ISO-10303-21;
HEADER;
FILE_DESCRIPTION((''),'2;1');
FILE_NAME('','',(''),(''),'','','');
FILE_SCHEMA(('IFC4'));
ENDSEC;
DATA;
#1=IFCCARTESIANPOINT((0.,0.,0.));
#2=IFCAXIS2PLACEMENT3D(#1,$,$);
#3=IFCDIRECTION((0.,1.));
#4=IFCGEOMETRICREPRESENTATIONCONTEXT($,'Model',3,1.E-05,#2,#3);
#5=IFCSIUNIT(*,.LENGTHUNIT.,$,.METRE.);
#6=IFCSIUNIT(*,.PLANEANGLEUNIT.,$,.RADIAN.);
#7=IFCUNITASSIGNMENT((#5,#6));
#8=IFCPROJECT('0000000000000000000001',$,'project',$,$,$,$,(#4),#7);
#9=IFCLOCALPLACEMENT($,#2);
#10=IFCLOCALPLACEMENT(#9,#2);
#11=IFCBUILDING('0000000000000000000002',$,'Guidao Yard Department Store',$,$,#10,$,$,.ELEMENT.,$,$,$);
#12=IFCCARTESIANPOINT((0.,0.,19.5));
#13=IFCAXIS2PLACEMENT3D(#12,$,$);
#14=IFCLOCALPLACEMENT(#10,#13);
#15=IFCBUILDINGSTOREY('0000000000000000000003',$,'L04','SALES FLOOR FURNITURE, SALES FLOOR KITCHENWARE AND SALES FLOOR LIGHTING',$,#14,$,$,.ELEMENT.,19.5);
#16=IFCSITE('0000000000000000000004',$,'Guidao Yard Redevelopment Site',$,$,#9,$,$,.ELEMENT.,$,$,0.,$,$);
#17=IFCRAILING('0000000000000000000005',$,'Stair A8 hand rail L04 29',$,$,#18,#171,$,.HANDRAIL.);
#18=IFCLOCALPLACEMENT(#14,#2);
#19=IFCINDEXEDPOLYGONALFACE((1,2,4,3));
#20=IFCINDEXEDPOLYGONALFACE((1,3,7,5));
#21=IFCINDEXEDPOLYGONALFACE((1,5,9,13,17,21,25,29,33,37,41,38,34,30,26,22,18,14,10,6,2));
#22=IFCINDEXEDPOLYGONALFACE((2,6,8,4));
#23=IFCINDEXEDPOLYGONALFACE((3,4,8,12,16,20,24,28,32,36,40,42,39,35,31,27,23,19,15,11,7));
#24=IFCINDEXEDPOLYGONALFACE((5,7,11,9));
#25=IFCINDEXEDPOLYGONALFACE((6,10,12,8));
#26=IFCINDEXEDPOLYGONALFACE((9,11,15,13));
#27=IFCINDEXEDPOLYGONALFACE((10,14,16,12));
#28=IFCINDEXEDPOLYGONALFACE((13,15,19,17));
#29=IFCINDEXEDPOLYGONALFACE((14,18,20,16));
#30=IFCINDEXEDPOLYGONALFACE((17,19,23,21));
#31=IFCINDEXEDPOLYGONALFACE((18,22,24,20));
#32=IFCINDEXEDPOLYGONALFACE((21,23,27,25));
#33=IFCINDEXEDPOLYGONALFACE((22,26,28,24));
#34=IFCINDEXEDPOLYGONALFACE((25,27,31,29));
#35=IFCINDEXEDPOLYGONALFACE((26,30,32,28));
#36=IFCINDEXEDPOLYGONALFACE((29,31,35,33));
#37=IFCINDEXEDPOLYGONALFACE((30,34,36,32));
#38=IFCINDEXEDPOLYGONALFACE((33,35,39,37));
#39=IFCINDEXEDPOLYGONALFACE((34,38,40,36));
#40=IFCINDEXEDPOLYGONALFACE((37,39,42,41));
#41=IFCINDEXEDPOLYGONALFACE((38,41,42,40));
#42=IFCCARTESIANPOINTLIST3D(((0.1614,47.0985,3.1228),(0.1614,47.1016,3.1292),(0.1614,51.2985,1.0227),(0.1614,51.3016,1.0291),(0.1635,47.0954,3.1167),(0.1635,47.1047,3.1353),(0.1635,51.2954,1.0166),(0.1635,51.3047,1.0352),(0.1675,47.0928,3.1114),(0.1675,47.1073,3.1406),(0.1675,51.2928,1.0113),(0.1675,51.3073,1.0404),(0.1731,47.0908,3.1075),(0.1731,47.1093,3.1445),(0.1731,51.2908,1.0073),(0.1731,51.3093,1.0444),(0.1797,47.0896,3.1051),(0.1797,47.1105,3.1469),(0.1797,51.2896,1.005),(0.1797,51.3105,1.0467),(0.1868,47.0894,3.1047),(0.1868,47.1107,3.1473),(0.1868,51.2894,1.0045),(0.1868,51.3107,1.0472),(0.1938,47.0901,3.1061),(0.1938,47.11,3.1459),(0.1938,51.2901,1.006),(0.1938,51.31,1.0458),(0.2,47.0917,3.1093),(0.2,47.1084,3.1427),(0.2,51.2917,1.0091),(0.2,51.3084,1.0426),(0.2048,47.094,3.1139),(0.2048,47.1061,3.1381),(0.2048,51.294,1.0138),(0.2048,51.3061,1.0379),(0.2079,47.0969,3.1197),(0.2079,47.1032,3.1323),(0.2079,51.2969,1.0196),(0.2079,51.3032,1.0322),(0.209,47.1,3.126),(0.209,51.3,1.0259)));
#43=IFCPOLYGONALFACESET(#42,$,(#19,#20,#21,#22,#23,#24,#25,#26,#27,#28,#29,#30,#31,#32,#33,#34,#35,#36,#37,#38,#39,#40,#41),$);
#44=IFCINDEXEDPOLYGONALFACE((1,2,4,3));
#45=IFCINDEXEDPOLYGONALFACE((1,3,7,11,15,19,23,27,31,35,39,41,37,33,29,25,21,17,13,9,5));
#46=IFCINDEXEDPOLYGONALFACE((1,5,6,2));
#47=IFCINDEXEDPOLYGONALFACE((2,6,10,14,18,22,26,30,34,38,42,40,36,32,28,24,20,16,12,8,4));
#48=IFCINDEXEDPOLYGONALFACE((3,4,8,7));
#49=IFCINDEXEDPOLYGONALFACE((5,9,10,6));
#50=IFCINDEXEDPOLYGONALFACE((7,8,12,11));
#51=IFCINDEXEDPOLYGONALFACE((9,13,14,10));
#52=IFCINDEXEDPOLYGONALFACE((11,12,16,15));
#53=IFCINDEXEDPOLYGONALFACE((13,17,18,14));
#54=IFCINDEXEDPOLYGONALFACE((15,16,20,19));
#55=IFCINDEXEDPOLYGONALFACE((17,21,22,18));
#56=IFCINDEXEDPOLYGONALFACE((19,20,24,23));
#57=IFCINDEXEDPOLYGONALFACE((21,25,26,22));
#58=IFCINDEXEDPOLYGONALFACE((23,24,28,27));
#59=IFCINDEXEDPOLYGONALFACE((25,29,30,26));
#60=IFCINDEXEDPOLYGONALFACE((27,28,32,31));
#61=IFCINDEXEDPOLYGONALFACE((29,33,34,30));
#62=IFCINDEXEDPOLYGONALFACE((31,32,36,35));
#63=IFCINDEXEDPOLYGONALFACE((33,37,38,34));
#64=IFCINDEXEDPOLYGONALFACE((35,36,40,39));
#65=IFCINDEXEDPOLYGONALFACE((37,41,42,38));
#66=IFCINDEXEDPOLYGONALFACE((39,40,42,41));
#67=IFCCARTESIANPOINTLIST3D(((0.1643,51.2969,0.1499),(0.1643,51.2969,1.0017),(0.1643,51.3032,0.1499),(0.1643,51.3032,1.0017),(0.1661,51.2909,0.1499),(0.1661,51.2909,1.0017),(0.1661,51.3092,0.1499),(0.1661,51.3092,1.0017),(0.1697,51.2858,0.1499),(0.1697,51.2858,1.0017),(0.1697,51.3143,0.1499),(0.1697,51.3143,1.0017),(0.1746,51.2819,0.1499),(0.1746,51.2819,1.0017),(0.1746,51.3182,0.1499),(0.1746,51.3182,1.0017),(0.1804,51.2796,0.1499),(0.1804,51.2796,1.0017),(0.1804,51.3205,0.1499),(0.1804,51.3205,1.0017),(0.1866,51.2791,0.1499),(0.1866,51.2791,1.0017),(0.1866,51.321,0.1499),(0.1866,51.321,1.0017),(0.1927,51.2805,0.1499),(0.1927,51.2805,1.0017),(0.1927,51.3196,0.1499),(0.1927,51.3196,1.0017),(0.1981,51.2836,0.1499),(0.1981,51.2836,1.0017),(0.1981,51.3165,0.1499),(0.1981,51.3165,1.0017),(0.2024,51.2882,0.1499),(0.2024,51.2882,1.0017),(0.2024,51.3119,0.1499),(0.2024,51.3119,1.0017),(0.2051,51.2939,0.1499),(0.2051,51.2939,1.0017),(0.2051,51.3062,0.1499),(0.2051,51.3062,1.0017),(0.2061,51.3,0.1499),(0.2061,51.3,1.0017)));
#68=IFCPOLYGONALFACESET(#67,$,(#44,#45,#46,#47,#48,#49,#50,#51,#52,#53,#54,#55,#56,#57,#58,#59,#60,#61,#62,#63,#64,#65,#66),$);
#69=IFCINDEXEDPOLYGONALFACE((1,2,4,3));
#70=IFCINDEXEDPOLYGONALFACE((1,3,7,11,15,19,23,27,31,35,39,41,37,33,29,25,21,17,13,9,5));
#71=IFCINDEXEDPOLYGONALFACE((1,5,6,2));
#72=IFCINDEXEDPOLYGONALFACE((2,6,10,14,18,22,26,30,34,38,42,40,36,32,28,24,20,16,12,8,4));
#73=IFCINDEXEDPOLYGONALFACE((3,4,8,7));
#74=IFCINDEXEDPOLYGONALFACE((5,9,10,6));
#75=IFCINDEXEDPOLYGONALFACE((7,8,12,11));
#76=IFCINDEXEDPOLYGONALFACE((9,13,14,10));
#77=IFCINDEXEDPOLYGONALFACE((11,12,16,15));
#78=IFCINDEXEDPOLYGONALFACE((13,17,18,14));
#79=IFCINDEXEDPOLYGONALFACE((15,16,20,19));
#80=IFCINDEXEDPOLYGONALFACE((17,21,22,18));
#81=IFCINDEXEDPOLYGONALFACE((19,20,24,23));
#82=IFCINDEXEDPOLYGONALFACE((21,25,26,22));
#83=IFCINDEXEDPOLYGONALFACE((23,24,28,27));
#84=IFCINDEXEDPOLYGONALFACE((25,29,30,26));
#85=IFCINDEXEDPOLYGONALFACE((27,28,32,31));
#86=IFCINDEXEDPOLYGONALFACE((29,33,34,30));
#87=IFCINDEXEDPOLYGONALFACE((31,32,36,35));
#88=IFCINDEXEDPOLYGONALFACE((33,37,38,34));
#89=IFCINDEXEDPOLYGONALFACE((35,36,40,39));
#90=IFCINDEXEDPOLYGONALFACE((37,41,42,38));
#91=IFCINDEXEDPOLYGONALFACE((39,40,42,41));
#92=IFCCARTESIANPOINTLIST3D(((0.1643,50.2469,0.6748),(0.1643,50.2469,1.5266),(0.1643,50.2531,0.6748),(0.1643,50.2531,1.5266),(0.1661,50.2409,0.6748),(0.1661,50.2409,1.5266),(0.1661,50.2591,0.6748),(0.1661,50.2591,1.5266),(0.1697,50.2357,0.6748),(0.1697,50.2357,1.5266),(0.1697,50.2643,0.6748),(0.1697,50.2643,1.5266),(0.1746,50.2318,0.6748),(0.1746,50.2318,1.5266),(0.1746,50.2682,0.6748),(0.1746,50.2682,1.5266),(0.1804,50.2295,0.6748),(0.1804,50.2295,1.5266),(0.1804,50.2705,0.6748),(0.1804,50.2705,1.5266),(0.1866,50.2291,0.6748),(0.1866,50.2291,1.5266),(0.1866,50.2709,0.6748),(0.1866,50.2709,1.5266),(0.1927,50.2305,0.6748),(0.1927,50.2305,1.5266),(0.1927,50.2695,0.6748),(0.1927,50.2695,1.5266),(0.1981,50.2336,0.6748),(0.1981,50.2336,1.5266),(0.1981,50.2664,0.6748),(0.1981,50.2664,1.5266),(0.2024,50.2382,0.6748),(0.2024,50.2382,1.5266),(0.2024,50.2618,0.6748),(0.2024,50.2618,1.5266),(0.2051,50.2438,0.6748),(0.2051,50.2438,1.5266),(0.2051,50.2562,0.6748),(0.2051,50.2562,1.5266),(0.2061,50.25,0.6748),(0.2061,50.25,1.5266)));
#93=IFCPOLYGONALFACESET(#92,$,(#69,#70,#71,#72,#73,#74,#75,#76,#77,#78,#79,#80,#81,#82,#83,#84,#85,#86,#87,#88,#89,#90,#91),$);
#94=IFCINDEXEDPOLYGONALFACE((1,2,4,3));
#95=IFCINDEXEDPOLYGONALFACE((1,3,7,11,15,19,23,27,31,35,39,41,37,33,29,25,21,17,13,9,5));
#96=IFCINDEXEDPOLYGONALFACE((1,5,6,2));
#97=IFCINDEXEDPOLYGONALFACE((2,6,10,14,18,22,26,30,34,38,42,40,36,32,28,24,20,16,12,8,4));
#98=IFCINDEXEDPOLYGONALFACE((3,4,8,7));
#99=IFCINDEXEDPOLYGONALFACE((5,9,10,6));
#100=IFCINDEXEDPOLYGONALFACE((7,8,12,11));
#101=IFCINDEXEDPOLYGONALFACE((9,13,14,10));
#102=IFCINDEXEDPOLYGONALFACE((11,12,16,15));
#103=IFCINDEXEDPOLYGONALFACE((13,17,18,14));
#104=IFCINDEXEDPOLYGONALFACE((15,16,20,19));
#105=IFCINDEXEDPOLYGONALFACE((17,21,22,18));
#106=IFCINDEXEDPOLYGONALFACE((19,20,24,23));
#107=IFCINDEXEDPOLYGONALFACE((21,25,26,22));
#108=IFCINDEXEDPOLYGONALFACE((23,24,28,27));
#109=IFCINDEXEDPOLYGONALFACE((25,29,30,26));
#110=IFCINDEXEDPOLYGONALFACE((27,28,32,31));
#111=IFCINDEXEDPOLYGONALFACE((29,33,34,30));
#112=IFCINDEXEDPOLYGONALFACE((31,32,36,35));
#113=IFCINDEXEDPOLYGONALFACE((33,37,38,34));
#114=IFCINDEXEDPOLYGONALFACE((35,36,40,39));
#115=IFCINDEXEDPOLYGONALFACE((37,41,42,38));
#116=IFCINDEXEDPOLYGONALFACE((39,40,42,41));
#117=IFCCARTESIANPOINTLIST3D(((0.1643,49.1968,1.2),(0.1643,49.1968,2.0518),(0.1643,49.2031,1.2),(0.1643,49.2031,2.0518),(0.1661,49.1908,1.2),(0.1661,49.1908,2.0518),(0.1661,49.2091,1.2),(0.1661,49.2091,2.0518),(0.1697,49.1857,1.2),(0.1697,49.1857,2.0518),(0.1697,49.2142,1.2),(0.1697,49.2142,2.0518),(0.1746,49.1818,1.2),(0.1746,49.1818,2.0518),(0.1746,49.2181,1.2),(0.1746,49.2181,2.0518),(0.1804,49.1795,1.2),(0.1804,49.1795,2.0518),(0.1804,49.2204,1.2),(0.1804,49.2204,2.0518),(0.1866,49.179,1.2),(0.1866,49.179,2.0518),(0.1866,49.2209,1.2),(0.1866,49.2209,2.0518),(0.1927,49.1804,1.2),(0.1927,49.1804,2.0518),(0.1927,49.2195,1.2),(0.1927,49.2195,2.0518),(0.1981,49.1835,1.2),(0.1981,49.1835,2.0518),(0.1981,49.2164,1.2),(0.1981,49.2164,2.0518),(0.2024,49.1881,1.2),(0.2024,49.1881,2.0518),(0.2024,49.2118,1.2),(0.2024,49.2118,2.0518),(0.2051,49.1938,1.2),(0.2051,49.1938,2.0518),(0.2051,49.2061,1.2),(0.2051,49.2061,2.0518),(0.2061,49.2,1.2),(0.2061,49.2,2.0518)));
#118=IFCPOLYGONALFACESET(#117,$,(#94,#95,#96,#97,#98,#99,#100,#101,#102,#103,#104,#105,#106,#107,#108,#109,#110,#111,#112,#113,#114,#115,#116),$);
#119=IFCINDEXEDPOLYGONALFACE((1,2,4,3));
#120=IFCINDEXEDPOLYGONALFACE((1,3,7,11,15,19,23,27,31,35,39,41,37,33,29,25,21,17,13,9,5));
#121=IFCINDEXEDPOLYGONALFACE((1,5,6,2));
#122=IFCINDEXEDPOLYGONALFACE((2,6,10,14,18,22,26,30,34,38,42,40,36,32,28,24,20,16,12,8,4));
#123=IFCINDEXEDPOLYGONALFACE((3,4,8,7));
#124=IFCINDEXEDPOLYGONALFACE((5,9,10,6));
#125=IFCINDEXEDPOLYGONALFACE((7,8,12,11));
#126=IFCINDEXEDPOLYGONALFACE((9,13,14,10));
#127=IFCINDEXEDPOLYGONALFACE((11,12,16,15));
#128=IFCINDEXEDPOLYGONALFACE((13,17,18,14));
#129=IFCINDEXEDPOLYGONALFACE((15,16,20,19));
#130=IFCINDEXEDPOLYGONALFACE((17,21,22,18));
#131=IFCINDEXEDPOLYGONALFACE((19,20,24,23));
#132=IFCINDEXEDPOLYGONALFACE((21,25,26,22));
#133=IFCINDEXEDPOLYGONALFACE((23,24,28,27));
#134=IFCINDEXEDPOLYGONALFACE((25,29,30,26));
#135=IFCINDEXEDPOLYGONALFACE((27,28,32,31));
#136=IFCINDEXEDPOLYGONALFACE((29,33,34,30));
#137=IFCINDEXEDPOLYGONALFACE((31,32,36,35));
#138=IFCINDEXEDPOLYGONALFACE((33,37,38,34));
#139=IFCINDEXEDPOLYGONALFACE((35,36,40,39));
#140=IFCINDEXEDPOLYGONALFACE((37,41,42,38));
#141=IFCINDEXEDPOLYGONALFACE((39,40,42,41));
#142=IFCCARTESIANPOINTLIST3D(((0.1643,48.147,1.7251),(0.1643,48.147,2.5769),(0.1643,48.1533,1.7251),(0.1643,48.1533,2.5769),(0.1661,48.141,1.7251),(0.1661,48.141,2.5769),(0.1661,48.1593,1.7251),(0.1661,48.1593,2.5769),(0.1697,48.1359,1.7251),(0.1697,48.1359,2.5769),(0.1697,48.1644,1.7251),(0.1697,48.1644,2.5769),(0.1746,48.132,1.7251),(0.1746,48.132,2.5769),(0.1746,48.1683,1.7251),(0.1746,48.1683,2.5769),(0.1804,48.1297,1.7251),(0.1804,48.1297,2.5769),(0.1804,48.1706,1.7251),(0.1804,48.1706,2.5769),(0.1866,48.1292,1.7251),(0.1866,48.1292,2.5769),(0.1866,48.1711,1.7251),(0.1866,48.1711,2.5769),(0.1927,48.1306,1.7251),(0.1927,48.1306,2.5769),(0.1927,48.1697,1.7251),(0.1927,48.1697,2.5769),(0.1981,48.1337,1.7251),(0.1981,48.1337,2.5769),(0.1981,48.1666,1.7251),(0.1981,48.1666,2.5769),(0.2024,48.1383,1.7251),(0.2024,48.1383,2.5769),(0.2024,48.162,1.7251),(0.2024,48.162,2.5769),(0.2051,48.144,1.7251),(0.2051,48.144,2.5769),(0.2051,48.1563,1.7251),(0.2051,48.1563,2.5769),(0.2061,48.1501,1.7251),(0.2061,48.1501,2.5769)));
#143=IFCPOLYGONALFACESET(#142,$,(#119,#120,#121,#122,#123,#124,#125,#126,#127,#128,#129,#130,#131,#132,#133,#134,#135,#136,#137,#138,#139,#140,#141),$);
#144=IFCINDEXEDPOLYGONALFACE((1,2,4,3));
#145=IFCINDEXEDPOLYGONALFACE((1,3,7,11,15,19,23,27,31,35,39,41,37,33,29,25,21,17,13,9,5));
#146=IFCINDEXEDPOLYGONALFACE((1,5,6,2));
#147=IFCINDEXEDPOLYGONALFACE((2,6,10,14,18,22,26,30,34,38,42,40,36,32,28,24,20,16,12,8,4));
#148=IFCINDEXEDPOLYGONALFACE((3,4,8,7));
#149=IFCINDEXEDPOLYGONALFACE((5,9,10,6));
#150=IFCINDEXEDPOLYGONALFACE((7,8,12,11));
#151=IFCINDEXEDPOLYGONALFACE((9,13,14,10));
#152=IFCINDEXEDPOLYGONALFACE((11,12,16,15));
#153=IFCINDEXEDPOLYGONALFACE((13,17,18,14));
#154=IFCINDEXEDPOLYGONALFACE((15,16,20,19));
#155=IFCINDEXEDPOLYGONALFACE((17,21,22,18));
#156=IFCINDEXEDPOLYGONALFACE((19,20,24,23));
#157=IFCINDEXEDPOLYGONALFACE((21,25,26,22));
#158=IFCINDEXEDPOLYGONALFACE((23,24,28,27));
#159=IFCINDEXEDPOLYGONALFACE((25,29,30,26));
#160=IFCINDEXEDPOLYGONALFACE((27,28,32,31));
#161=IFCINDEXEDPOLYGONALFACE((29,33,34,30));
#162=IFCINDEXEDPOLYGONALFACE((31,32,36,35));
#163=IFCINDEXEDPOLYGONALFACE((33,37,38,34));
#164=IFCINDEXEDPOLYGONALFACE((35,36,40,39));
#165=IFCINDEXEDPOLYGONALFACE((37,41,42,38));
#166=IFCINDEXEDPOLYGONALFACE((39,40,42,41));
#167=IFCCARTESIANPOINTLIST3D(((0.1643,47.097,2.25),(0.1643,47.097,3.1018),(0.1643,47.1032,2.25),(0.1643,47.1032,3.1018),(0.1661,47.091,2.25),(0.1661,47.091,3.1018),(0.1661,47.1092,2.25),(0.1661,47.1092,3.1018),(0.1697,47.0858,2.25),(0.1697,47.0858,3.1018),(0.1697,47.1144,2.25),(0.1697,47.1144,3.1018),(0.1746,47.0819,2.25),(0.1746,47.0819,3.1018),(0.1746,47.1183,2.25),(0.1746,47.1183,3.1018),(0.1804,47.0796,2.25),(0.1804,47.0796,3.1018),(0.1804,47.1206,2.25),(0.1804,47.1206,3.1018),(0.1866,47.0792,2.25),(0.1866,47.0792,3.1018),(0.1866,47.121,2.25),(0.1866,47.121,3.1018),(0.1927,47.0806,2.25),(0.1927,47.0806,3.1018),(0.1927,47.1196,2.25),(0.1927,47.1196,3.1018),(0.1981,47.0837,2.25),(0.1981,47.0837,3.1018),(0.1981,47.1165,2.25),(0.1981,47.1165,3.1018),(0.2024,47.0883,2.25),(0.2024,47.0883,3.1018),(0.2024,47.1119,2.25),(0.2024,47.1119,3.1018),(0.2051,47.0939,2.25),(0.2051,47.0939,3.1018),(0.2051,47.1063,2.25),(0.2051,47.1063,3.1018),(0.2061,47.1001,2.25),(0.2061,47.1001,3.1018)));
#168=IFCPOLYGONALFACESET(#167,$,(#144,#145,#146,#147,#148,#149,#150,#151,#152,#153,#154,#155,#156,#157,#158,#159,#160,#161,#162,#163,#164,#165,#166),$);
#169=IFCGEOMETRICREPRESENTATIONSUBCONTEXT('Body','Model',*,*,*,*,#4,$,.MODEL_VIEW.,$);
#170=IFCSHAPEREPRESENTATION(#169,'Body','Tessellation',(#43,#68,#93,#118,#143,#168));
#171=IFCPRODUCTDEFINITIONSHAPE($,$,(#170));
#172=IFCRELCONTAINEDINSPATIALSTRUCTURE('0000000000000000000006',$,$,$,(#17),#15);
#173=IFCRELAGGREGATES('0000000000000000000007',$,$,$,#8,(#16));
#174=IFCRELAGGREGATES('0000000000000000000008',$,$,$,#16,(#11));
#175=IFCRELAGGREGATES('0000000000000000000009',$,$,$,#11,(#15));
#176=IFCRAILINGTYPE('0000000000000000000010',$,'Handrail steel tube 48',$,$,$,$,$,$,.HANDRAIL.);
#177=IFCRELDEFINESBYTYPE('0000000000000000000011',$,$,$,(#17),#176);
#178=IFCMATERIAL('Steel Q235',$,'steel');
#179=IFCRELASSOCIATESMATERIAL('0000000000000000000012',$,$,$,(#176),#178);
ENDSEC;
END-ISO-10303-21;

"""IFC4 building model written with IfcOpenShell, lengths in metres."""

from ifc_helpers import new_model, si_unit, direction, frame, origin, origin_2d, place, context, subcontext, project, spatial, circle, extrude, material, type_object, element, save


model = new_model("IFC4")

# Units and contexts
model_context = context("Model", 3, precision=1e-05, world=origin(), true_north=direction((0.0, 1.0)))
body_context = subcontext(model_context, "Body", "Model", "MODEL_VIEW")
ifc_project = project(units=[si_unit("LENGTHUNIT", "METRE"), si_unit("PLANEANGLEUNIT", "RADIAN")], contexts=[model_context])

# Site, building, storey
site_placement = place(None, origin())
site = spatial("IfcSite", under=ifc_project, at=site_placement, Name="Guidao Yard Redevelopment Site", CompositionType="ELEMENT", RefElevation=0.0)
building_placement = place(site_placement, origin())
building = spatial("IfcBuilding", under=site, at=building_placement, Name="Guidao Yard Department Store", CompositionType="ELEMENT")
storey_placement = place(building_placement, frame((0.0, 0.0, 19.5)))
storey = spatial("IfcBuildingStorey", under=building, at=storey_placement, Name="L04", Description="SALES FLOOR FURNITURE, SALES FLOOR KITCHENWARE AND SALES FLOOR LIGHTING", CompositionType="ELEMENT", Elevation=19.5)

# Railing
ifc_material_1 = material(Name="Steel Q235", Category="steel")
railing_type_1 = type_object("IfcRailingType", Name="Handrail steel tube 48", PredefinedType="HANDRAIL", material=ifc_material_1)
for number, where, name in (
    (1, (0.1851, 51.3, 0.1499), "Stair A8 hand rail L04 29"),
):
    element("IfcRailing", number, at=place(storey_placement, frame(where)), inside=storey, type_object=railing_type_1, Name=name, PredefinedType="HANDRAIL", context=body_context, shape_type="SweptSolid", body=[
        extrude(circle(Radius=0.0239, at=origin_2d()), frame((0.0, 0.0, 0.876), z_axis=(0.0, -0.894417, 0.447234), x_axis=(1.0, 0.0, 0.0)), (0.0, 0.0, 1.0), 4.6958),
        extrude(circle(Radius=0.021, at=origin_2d()), origin(), (0.0, 0.0, 1.0), 0.8518),
        extrude(circle(Radius=0.021, at=origin_2d()), frame((0.0, -1.05, 0.5249)), (0.0, 0.0, 1.0), 0.8518),
        extrude(circle(Radius=0.021, at=origin_2d()), frame((0.0, -2.1001, 1.05)), (0.0, 0.0, 1.0), 0.8518),
        extrude(circle(Radius=0.021, at=origin_2d()), frame((0.0, -3.1499, 1.5752)), (0.0, 0.0, 1.0), 0.8518),
        extrude(circle(Radius=0.021, at=origin_2d()), frame((0.0, -4.2, 2.1001)), (0.0, 0.0, 1.0), 0.8518),
    ])

save(model, "model.ifc")
